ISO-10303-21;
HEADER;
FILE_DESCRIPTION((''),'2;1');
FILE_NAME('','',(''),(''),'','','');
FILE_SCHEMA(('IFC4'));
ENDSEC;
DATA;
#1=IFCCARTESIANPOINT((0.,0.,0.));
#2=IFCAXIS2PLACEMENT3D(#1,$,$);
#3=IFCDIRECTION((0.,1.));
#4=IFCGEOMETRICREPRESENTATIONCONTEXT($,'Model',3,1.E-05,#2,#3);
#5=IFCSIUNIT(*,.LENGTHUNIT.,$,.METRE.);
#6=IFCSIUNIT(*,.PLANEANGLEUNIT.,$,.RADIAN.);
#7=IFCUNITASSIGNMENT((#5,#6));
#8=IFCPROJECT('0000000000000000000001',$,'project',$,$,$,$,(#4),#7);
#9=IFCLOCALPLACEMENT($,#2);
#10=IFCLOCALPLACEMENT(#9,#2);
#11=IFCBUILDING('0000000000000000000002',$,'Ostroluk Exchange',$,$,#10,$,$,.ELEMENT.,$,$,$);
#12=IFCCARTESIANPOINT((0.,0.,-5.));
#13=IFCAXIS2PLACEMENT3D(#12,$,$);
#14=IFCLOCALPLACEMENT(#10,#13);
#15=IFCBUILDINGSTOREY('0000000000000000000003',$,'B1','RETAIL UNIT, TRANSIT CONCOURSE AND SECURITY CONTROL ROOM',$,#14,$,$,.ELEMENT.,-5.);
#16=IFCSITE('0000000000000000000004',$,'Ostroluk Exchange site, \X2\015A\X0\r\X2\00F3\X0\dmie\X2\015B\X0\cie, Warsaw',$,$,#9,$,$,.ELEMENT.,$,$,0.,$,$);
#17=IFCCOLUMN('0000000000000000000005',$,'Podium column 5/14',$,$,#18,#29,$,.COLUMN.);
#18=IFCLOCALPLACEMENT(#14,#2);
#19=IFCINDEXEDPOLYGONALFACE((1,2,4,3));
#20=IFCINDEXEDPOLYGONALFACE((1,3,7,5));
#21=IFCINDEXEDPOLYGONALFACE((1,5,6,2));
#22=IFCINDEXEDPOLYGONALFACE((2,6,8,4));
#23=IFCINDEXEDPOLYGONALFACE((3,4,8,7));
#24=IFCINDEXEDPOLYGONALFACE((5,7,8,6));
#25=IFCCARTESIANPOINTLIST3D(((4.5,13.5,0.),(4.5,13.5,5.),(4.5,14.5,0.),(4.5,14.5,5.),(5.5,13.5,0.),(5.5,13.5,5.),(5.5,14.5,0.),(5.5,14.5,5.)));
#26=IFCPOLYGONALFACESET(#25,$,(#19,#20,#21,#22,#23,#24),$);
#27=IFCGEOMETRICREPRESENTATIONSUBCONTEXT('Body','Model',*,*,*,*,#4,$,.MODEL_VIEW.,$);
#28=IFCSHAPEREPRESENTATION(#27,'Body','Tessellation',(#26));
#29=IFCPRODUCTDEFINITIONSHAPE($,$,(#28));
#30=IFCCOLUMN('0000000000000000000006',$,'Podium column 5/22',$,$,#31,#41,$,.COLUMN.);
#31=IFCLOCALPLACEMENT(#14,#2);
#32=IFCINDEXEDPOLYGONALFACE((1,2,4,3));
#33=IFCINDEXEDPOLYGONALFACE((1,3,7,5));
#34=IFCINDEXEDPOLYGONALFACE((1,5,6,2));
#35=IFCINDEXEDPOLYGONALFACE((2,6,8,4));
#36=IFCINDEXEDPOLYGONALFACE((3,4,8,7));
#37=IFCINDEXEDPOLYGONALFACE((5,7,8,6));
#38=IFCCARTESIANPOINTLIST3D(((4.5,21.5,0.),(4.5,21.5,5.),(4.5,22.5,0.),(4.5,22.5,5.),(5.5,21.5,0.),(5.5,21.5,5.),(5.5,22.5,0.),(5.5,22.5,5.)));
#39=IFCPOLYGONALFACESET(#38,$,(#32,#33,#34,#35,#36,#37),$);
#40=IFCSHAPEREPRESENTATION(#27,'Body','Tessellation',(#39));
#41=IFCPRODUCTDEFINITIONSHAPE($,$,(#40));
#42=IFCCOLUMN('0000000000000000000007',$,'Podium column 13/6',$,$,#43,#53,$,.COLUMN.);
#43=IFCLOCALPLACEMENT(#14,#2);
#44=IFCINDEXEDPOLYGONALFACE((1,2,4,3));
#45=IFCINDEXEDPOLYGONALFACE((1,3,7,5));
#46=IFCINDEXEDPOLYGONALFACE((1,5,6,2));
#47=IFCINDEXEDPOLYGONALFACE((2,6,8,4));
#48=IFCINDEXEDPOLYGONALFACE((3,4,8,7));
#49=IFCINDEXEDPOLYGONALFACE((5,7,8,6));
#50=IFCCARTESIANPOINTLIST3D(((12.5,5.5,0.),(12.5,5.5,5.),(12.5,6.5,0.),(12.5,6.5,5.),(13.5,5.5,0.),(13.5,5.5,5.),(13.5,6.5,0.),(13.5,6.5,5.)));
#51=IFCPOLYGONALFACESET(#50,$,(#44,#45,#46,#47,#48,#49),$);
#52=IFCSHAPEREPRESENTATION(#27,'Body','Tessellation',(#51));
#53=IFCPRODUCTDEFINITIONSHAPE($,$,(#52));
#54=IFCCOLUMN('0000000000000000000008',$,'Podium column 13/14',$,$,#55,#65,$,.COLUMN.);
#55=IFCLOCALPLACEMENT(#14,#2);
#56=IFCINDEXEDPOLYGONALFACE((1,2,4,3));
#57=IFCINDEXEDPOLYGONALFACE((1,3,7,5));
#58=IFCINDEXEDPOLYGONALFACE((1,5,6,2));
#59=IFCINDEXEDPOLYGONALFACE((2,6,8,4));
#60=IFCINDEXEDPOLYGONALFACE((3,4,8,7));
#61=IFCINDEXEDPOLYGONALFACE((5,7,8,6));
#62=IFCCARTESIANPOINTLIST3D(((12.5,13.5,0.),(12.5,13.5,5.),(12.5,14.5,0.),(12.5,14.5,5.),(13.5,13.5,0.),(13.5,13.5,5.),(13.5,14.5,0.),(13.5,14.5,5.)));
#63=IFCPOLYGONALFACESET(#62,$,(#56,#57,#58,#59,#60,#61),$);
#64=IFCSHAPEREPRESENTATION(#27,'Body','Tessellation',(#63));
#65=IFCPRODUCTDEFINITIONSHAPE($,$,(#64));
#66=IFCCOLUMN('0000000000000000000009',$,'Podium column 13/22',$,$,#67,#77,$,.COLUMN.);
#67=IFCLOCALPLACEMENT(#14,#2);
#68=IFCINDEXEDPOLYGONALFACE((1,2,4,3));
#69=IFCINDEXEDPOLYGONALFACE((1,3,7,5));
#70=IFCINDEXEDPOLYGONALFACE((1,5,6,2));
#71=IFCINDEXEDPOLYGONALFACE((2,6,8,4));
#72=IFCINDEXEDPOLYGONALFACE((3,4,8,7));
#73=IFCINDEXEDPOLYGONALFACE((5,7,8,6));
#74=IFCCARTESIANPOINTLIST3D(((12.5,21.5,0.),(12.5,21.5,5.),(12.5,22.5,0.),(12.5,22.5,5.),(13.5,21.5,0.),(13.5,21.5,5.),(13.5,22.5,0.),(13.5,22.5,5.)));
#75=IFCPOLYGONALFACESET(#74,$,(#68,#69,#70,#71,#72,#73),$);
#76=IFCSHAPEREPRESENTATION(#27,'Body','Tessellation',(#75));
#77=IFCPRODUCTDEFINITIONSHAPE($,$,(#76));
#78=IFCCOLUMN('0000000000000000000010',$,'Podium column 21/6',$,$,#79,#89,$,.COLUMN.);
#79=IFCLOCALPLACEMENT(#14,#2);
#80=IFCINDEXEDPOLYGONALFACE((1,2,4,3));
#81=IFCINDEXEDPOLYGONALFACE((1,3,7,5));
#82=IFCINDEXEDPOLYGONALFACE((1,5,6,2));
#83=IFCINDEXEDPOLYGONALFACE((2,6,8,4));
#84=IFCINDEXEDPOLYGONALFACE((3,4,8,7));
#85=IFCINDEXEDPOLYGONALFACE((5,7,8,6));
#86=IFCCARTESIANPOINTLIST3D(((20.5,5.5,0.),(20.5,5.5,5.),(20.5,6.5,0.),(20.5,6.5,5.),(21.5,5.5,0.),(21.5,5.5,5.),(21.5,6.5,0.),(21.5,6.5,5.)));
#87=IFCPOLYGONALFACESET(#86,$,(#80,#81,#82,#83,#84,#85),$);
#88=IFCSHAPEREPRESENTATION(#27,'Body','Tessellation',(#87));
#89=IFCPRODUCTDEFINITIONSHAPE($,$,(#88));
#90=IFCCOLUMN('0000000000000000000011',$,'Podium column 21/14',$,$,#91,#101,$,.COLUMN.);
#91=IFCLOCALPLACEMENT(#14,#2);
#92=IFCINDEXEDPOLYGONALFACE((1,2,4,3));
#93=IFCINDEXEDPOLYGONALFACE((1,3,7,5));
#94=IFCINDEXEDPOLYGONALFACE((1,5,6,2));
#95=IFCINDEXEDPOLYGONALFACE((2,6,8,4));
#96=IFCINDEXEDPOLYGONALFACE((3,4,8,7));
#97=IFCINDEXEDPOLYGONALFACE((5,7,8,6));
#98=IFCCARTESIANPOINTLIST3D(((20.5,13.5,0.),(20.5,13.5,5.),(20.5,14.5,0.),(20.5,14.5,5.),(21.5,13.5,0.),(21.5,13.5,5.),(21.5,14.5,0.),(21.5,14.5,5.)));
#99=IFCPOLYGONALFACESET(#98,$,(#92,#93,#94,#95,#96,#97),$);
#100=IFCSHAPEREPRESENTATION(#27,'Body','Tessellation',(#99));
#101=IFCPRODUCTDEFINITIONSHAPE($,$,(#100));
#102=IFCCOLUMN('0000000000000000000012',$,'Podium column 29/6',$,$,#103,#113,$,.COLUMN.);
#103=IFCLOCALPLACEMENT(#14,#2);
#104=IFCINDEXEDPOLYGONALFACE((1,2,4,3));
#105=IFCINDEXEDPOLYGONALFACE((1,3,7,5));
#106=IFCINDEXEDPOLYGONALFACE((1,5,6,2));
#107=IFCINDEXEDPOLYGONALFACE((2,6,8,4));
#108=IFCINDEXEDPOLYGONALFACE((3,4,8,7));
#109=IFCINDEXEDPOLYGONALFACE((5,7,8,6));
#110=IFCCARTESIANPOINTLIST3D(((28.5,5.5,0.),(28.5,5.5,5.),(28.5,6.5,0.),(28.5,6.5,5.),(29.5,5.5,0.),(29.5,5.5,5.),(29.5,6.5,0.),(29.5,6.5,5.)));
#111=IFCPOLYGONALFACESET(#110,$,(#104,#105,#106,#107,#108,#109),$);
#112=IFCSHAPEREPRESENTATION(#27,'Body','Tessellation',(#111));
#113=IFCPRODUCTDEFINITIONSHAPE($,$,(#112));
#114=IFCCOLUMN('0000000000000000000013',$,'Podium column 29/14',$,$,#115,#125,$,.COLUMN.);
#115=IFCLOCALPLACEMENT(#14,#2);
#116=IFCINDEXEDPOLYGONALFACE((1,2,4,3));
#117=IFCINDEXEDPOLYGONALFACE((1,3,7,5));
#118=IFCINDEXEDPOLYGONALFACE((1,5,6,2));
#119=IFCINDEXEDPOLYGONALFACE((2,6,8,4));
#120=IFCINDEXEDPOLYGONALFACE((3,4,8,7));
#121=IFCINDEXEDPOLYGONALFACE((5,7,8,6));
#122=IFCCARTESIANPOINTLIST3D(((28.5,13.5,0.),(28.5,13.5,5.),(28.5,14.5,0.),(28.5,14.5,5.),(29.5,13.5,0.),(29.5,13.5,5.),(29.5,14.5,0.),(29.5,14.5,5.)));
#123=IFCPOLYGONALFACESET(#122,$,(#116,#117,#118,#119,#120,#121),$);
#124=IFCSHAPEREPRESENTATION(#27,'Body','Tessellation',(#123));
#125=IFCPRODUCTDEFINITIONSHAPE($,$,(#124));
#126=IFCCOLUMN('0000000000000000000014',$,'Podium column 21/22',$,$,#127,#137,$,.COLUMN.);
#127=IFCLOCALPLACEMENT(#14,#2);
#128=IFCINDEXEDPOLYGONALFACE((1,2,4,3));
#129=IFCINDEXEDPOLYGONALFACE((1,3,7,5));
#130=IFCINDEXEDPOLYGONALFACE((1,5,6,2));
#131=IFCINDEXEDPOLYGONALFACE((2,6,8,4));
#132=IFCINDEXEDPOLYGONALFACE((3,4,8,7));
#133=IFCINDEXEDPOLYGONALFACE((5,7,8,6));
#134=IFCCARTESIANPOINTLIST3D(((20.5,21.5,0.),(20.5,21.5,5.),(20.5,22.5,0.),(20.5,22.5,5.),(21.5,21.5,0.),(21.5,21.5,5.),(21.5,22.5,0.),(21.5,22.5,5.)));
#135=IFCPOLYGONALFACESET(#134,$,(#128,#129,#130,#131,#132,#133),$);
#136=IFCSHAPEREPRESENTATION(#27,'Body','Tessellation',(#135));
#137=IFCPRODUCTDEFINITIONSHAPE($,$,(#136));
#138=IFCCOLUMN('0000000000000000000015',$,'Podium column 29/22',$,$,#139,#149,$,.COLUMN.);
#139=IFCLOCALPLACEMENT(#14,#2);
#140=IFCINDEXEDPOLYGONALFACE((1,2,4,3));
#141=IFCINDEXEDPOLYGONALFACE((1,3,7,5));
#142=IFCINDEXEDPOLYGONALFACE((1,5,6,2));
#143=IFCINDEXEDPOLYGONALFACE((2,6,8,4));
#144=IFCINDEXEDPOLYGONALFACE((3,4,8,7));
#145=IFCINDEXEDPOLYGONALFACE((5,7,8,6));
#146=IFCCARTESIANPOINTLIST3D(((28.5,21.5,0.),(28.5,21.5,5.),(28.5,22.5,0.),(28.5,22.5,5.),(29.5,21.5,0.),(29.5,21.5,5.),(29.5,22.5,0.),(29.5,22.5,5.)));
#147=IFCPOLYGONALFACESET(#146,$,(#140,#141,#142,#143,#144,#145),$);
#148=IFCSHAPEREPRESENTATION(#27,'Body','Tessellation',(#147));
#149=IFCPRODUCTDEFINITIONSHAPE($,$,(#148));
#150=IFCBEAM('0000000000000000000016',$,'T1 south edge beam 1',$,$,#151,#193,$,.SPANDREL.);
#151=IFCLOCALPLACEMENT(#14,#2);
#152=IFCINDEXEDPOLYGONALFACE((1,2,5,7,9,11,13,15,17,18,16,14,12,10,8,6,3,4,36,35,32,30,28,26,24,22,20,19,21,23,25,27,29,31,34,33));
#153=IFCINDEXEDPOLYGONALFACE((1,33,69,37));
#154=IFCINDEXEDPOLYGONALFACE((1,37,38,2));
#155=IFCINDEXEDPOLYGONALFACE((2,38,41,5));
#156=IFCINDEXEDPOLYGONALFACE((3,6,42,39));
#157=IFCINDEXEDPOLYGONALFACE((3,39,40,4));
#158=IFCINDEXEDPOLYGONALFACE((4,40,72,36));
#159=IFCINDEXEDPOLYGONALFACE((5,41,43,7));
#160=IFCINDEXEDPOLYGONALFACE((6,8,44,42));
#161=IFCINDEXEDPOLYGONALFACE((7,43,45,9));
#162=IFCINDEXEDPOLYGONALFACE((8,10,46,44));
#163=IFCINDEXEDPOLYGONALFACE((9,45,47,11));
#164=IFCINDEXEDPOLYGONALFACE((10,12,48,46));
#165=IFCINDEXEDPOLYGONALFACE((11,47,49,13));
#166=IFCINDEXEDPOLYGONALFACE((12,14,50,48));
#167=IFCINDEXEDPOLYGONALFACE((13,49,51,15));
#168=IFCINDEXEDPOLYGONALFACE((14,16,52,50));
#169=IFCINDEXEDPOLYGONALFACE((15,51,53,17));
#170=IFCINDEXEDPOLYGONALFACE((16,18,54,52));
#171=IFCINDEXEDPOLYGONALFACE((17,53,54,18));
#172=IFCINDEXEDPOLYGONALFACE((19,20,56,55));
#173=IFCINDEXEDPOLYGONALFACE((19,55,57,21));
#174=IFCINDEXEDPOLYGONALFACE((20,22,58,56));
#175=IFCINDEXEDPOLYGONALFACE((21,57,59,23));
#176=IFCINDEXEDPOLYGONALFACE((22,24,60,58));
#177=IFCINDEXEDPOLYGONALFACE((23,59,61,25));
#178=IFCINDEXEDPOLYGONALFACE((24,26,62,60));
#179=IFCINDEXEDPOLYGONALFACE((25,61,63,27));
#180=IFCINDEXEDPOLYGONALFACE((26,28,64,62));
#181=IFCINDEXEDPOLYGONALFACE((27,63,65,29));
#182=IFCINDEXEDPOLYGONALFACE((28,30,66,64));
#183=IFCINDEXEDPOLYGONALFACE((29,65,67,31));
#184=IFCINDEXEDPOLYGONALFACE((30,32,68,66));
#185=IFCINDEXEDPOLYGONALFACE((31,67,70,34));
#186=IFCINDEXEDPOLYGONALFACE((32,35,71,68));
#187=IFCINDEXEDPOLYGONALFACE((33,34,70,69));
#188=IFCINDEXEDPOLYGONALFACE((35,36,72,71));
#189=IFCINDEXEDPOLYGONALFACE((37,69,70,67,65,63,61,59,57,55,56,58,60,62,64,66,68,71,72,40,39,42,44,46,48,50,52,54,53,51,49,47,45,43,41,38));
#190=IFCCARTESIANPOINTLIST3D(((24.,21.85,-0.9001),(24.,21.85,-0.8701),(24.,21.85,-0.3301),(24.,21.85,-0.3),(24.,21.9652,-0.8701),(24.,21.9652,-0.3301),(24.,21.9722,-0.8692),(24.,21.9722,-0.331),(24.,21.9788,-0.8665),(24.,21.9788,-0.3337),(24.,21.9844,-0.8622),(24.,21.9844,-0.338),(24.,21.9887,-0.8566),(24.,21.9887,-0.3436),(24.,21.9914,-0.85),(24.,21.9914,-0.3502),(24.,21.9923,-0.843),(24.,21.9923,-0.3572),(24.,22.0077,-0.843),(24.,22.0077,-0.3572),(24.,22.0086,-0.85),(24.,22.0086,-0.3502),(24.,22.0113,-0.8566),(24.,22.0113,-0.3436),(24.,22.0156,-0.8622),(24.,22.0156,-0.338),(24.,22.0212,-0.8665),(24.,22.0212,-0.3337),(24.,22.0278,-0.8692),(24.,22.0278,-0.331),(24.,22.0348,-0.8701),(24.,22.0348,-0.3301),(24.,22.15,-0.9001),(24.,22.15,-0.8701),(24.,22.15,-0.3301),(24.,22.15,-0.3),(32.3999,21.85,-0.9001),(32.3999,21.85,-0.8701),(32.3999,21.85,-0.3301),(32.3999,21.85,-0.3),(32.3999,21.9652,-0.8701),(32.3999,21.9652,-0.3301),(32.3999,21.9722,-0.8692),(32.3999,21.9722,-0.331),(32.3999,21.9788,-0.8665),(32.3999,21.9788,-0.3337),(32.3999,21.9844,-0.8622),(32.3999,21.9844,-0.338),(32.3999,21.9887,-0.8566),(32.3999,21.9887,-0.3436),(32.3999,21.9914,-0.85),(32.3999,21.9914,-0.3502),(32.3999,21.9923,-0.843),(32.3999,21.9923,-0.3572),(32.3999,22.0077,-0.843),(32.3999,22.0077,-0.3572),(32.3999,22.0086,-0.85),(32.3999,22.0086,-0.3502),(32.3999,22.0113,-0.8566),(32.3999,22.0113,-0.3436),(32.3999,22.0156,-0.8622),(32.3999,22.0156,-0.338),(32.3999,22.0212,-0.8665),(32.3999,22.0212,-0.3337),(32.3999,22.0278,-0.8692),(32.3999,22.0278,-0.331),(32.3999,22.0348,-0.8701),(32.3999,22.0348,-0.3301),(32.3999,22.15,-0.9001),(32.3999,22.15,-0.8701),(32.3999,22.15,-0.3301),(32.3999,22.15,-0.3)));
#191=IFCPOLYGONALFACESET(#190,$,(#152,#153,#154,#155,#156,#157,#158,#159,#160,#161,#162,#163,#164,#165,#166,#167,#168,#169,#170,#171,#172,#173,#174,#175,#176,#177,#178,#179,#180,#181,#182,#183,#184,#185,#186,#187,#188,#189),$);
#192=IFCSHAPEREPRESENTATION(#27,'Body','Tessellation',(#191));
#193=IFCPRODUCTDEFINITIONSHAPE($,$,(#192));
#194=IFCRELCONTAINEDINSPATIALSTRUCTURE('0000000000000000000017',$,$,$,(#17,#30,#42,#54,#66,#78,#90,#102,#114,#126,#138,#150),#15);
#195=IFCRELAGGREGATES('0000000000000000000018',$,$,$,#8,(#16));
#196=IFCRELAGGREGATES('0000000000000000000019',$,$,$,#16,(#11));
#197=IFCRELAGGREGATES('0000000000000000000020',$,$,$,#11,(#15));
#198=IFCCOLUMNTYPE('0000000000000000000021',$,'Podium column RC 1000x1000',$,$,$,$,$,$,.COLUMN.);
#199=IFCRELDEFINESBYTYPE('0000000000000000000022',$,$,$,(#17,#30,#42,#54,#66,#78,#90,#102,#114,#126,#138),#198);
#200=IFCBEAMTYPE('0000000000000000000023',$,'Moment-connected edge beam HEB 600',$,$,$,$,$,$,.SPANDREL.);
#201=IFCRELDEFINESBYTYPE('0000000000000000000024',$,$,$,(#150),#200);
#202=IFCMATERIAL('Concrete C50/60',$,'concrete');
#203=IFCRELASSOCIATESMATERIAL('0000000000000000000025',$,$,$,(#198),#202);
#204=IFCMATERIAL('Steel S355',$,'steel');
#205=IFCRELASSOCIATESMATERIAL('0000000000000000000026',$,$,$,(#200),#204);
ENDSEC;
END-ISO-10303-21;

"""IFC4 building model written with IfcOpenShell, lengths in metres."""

from ifc_helpers import new_model, si_unit, direction, frame, origin, origin_2d, place, context, subcontext, project, spatial, rectangle, i_section, extrude, material, material_profile, profile_set, type_object, element, save


model = new_model("IFC4")

# Units and contexts
model_context = context("Model", 3, precision=1e-05, world=origin(), true_north=direction((0.0, 1.0)))
body_context = subcontext(model_context, "Body", "Model", "MODEL_VIEW")
ifc_project = project(units=[si_unit("LENGTHUNIT", "METRE"), si_unit("PLANEANGLEUNIT", "RADIAN")], contexts=[model_context])

# Site, building, storey
site_placement = place(None, origin())
site = spatial("IfcSite", under=ifc_project, at=site_placement, Name="Ostroluk Exchange site, Śródmieście, Warsaw", CompositionType="ELEMENT", RefElevation=0.0)
building_placement = place(site_placement, origin())
building = spatial("IfcBuilding", under=site, at=building_placement, Name="Ostroluk Exchange", CompositionType="ELEMENT")
storey_placement = place(building_placement, frame((0.0, 0.0, -5.0)))
storey = spatial("IfcBuildingStorey", under=building, at=storey_placement, Name="B1", Description="RETAIL UNIT, TRANSIT CONCOURSE AND SECURITY CONTROL ROOM", CompositionType="ELEMENT", Elevation=-5.0)

# Columns
ifc_material_1 = material(Name="Concrete C50/60", Category="concrete")
ifc_material_profile_1 = material_profile(ifc_material_1, rectangle(XDim=1.0, YDim=1.0, at=origin_2d()), Name="RC 1000x1000")
ifc_profile_set_1 = profile_set([ifc_material_profile_1], Name="Concrete C50/60")
column_type_1 = type_object("IfcColumnType", Name="Podium column RC 1000x1000", PredefinedType="COLUMN", material=ifc_profile_set_1)
for number, where, z_axis, x_axis, name in (
    (1, (5.0, 14.0, 0.0), (0.0, 0.0, 1.0), (1.0, 0.0, 0.0), "Podium column 5/14"),
    (2, (5.0, 22.0, 0.0), (0.0, 0.0, 1.0), (1.0, 0.0, 0.0), "Podium column 5/22"),
    (3, (13.0, 6.0, 0.0), (0.0, 0.0, 1.0), (1.0, 0.0, 0.0), "Podium column 13/6"),
    (4, (13.0, 14.0, 0.0), (0.0, 0.0, 1.0), (1.0, 0.0, 0.0), "Podium column 13/14"),
    (5, (13.0, 22.0, 0.0), (0.0, 0.0, 1.0), (1.0, 0.0, 0.0), "Podium column 13/22"),
    (6, (21.0, 6.0, 0.0), (0.0, 0.0, 1.0), (1.0, 0.0, 0.0), "Podium column 21/6"),
    (7, (21.0, 14.0, 0.0), (0.0, 0.0, 1.0), (1.0, 0.0, 0.0), "Podium column 21/14"),
    (8, (29.0, 6.0, 0.0), (0.0, 0.0, 1.0), (1.0, 0.0, 0.0), "Podium column 29/6"),
    (9, (29.0, 14.0, 0.0), (0.0, 0.0, 1.0), (1.0, 0.0, 0.0), "Podium column 29/14"),
    (10, (21.0, 22.0, 0.0), (0.0, 0.0, 1.0), (1.0, 0.0, 0.0), "Podium column 21/22"),
    (11, (29.0, 22.0, 0.0), (0.0, 0.0, 1.0), (1.0, 0.0, 0.0), "Podium column 29/22"),
):
    element("IfcColumn", number, at=place(storey_placement, frame(where, z_axis=z_axis, x_axis=x_axis)), inside=storey, type_object=column_type_1, Name=name, PredefinedType="COLUMN", context=body_context, shape_type="SweptSolid", body=[
        extrude(rectangle(XDim=1.0, YDim=1.0, at=origin_2d()), origin(), (0.0, 0.0, 1.0), 5.0),
    ])

# Beam
ifc_material_2 = material(Name="Steel S355", Category="steel")
ifc_material_profile_2 = material_profile(ifc_material_2, i_section(OverallWidth=0.3, OverallDepth=0.6001, WebThickness=0.0154, FlangeThickness=0.03, FilletRadius=0.0271, at=origin_2d()), Name="HEB 600")
ifc_profile_set_2 = profile_set([ifc_material_profile_2], Name="Steel S355")
beam_type = type_object("IfcBeamType", Name="Moment-connected edge beam HEB 600", PredefinedType="SPANDREL", material=ifc_profile_set_2)
beam_placement = place(storey_placement, frame((24.0, 22.0, -0.6001), z_axis=(1.0, 0.0, 0.0), x_axis=(0.0, 1.0, 0.0)))
element("IfcBeam", 12, at=beam_placement, inside=storey, type_object=beam_type, Name="T1 south edge beam 1", PredefinedType="SPANDREL", context=body_context, shape_type="SweptSolid", body=[
    extrude(i_section(OverallWidth=0.3, OverallDepth=0.6001, WebThickness=0.0154, FlangeThickness=0.03, FilletRadius=0.0271, at=origin_2d()), origin(), (0.0, 0.0, 1.0), 8.3999),
])

save(model, "model.ifc")
